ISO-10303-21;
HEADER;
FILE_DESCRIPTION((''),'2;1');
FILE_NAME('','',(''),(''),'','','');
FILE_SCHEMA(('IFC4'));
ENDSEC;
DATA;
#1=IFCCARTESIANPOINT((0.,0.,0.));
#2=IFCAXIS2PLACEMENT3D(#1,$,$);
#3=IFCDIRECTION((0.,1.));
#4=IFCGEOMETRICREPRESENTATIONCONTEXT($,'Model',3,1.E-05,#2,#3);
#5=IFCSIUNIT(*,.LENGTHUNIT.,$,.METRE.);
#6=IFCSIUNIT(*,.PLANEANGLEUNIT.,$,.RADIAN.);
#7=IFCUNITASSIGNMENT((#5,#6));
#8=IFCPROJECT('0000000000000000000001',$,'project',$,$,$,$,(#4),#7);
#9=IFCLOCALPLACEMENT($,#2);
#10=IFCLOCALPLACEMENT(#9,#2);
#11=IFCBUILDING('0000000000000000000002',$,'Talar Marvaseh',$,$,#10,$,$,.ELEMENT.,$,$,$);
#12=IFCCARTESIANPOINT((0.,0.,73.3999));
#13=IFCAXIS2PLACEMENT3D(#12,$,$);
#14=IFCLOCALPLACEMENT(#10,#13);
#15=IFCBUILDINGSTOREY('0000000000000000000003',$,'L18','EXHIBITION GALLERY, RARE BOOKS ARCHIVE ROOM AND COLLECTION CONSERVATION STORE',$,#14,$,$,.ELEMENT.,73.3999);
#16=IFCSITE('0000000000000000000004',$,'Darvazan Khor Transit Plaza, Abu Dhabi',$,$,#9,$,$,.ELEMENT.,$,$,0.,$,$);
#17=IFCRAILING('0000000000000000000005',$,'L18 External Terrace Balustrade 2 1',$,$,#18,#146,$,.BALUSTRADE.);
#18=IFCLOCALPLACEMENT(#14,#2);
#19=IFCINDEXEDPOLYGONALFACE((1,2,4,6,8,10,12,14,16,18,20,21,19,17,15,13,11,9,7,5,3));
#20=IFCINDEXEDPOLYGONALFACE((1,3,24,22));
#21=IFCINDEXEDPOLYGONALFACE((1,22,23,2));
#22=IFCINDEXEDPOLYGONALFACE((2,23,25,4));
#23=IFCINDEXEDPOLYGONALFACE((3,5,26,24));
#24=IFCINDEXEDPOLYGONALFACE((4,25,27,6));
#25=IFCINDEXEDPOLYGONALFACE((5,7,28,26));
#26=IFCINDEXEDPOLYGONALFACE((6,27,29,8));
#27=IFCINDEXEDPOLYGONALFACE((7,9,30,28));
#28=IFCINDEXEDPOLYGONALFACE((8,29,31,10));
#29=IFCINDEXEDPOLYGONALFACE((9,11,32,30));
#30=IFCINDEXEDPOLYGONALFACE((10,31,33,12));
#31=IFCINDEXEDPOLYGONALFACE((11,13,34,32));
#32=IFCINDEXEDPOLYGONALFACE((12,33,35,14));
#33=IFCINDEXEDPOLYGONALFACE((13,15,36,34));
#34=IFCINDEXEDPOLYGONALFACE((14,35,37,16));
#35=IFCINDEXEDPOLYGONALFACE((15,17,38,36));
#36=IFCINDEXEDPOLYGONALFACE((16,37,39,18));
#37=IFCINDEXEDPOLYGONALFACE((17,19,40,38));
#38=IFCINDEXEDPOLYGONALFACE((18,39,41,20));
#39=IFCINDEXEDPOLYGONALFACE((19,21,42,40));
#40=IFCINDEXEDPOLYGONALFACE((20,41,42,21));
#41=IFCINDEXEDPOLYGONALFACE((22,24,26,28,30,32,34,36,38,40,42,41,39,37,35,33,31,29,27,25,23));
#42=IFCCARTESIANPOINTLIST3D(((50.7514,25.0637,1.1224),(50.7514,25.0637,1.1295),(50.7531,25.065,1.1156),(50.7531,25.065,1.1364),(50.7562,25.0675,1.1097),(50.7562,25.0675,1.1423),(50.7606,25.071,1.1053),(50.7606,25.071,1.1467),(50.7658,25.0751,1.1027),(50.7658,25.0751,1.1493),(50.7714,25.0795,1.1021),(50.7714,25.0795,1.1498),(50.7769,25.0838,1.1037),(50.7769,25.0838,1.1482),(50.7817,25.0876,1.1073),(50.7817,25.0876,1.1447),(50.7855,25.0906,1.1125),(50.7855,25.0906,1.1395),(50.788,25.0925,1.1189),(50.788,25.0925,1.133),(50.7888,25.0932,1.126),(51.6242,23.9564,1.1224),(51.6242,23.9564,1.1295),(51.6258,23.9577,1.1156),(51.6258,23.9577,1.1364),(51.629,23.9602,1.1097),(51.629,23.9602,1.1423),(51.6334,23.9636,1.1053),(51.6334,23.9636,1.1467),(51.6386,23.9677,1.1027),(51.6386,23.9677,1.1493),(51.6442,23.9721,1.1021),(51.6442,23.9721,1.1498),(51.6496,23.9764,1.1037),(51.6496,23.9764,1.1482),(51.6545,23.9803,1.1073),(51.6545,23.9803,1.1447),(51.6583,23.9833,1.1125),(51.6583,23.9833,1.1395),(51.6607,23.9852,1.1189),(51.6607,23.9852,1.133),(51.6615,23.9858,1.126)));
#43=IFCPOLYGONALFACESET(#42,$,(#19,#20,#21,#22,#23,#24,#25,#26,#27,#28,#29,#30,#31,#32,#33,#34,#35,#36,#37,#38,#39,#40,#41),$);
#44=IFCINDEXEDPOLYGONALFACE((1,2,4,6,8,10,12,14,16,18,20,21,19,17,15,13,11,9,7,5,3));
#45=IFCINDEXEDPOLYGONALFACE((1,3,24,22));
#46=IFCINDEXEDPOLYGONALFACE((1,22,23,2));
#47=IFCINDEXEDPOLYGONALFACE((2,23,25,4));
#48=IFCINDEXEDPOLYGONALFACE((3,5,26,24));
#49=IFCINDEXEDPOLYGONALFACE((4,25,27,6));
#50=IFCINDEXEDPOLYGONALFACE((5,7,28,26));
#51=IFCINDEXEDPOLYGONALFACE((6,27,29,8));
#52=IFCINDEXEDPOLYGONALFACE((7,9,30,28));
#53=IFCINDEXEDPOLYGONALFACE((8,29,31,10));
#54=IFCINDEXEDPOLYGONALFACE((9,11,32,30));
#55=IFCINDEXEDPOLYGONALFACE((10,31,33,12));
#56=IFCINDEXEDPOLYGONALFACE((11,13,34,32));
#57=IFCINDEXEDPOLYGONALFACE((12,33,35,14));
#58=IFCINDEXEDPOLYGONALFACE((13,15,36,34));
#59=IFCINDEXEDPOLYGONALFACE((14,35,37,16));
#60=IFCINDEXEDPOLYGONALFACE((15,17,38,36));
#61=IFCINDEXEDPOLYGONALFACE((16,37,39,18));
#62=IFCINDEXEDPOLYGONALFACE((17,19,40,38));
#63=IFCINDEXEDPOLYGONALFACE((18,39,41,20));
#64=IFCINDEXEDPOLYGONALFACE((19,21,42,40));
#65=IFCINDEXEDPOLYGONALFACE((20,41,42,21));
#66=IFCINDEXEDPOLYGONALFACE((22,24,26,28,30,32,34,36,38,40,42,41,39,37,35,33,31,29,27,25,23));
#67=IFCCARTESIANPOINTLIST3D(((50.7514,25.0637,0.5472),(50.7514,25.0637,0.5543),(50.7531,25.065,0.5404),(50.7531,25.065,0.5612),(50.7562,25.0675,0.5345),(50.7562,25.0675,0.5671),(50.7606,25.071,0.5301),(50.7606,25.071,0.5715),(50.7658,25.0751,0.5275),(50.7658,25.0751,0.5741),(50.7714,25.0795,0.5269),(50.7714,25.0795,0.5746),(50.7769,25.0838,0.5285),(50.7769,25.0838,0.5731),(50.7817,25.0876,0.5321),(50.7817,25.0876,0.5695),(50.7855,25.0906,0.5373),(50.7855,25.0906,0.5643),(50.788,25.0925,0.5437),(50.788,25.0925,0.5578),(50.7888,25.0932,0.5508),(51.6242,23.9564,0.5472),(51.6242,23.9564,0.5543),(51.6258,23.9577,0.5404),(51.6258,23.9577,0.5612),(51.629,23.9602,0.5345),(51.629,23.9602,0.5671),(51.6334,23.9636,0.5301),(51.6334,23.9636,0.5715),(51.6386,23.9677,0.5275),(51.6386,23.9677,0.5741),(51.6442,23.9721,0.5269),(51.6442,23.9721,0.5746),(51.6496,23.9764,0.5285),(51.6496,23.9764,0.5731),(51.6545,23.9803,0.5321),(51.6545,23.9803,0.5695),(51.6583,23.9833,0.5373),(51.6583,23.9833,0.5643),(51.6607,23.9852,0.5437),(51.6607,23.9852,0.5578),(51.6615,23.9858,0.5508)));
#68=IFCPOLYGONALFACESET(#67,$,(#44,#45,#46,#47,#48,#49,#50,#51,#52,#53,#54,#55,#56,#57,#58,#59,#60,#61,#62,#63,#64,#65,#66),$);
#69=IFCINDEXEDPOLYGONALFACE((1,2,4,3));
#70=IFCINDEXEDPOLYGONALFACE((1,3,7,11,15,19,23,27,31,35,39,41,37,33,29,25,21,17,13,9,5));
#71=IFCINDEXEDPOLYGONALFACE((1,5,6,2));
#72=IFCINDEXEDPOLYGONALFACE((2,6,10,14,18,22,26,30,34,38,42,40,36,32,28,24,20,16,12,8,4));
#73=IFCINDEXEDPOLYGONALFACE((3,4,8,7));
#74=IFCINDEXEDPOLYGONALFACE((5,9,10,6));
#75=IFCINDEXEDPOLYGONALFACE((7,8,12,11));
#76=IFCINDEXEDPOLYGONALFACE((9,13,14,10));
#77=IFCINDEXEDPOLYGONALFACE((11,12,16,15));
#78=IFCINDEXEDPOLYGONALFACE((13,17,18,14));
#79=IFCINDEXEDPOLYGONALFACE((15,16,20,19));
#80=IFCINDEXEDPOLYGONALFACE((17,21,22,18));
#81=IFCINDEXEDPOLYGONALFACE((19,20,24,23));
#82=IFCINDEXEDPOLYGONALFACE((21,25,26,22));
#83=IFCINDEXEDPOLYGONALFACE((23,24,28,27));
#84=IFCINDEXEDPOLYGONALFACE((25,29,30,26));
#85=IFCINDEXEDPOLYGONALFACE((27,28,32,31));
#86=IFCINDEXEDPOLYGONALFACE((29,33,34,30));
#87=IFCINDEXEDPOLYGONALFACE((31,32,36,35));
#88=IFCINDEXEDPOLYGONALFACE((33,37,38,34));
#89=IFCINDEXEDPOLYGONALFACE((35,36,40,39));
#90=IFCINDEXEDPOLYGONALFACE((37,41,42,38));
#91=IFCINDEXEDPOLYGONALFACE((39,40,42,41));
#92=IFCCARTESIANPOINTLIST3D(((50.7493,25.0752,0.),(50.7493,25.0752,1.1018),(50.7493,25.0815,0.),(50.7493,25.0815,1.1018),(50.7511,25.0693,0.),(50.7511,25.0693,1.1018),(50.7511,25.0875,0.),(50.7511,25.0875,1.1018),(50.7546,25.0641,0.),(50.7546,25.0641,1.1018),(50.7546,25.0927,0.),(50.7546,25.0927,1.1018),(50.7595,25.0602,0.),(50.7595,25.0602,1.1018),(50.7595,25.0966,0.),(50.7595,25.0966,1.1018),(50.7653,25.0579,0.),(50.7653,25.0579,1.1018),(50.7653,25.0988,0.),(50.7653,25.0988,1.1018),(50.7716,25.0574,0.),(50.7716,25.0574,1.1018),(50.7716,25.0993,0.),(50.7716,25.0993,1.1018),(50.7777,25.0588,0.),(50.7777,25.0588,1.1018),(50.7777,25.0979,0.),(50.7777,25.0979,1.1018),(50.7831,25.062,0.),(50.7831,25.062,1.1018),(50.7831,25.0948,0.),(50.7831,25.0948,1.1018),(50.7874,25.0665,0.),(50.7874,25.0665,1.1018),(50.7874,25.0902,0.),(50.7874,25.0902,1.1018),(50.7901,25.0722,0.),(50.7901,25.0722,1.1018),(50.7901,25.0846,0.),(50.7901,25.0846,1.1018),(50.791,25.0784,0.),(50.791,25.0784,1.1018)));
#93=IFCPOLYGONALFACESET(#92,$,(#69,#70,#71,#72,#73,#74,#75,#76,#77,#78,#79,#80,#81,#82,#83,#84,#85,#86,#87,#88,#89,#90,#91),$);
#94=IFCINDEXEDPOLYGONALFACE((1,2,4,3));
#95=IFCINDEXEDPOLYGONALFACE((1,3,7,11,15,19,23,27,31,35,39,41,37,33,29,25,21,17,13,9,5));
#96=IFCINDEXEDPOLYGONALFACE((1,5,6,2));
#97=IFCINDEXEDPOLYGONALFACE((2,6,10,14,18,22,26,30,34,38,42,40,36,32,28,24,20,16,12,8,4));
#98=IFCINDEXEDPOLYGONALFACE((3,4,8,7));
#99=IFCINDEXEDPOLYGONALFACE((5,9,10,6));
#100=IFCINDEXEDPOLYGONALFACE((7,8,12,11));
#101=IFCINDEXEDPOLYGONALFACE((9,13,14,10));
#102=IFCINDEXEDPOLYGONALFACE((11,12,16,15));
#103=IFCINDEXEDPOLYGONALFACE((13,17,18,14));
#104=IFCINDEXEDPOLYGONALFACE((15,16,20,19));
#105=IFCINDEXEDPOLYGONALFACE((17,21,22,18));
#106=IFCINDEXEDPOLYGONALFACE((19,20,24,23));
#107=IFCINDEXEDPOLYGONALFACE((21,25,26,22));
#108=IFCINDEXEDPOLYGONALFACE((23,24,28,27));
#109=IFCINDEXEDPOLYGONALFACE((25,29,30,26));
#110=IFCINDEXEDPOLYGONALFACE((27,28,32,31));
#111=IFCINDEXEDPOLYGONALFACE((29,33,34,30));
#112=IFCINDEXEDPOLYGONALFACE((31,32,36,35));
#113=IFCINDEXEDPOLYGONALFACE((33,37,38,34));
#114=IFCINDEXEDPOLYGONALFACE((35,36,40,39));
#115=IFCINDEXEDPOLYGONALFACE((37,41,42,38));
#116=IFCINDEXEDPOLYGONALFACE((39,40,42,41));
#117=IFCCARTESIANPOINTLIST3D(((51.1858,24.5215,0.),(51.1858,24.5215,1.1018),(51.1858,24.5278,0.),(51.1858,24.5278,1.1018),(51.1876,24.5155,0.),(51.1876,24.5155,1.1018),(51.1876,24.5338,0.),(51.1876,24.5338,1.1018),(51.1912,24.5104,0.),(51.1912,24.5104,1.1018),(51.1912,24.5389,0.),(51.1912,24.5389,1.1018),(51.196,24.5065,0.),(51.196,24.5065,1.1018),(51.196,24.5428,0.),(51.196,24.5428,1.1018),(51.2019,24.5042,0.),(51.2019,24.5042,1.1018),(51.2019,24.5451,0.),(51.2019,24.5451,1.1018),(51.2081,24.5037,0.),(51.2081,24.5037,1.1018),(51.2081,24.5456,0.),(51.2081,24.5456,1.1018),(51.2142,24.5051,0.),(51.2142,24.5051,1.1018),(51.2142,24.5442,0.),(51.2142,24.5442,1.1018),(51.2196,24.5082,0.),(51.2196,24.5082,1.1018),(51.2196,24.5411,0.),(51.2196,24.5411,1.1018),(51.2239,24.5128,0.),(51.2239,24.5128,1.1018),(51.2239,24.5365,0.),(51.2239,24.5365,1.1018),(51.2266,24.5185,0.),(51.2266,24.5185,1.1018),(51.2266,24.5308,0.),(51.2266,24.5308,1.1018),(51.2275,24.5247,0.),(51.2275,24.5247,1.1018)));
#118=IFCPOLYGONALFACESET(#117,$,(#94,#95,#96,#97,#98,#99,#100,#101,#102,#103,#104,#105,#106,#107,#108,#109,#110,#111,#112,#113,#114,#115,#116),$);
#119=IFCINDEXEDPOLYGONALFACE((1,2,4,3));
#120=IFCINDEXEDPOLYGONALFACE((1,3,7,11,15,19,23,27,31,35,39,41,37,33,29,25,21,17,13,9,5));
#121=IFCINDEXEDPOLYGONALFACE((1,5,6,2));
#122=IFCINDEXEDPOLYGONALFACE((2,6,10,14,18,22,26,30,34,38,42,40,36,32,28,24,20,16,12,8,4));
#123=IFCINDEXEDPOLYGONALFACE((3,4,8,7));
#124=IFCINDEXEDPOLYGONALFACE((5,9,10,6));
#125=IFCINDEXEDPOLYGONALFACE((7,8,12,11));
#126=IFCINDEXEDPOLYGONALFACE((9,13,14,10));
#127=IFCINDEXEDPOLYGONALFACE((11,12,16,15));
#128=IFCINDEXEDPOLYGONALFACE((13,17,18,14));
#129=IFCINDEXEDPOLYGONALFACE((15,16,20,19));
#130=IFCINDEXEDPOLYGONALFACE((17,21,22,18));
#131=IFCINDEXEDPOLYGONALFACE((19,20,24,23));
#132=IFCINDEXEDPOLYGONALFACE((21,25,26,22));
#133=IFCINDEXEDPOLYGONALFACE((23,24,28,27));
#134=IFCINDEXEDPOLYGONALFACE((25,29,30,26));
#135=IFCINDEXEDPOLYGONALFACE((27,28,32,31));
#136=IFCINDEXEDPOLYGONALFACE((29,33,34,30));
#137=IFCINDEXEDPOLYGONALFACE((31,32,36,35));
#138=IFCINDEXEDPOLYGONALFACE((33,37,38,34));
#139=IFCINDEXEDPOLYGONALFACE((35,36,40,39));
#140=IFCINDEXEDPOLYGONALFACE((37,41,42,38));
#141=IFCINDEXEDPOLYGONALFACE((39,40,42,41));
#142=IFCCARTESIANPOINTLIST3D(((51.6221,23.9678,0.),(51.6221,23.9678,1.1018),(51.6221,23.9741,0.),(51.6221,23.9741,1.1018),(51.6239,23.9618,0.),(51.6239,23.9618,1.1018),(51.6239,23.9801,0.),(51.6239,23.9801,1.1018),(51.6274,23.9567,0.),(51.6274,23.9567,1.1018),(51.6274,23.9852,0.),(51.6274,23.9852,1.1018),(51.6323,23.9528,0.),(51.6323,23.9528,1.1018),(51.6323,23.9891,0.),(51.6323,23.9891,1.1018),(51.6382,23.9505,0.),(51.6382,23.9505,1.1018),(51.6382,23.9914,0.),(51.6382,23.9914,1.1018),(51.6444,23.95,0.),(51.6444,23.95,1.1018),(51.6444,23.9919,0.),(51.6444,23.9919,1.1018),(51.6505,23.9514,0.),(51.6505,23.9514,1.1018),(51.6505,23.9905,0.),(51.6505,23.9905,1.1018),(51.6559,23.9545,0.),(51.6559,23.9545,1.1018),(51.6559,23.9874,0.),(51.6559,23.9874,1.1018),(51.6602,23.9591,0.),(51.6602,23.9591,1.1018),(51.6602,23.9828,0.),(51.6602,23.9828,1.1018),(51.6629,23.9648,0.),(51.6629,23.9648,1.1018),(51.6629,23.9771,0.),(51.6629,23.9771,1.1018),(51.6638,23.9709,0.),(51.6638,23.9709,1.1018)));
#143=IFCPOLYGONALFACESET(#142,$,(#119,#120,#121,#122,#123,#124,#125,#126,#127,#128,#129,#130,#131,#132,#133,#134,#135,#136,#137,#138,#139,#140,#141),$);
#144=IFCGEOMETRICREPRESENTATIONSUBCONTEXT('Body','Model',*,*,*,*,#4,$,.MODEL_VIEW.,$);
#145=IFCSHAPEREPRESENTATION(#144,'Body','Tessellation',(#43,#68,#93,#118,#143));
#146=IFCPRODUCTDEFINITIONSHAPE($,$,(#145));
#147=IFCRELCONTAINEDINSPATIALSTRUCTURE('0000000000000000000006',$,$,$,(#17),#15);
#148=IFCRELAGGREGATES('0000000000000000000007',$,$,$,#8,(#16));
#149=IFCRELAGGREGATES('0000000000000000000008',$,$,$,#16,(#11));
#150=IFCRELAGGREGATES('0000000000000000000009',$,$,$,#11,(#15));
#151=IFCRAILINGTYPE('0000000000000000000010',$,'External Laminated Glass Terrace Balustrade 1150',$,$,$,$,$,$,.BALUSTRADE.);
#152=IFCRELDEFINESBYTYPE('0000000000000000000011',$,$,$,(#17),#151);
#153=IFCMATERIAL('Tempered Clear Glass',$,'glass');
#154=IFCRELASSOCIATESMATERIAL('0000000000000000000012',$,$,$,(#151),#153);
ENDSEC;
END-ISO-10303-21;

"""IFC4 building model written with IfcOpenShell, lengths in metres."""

from ifc_helpers import new_model, si_unit, direction, frame, origin, origin_2d, place, context, subcontext, project, spatial, circle, extrude, material, type_object, element, save


model = new_model("IFC4")

# Units and contexts
model_context = context("Model", 3, precision=1e-05, world=origin(), true_north=direction((0.0, 1.0)))
body_context = subcontext(model_context, "Body", "Model", "MODEL_VIEW")
ifc_project = project(units=[si_unit("LENGTHUNIT", "METRE"), si_unit("PLANEANGLEUNIT", "RADIAN")], contexts=[model_context])

# Site, building, storey
site_placement = place(None, origin())
site = spatial("IfcSite", under=ifc_project, at=site_placement, Name="Darvazan Khor Transit Plaza, Abu Dhabi", CompositionType="ELEMENT", RefElevation=0.0)
building_placement = place(site_placement, origin())
building = spatial("IfcBuilding", under=site, at=building_placement, Name="Talar Marvaseh", CompositionType="ELEMENT")
storey_placement = place(building_placement, frame((0.0, 0.0, 73.3999)))
storey = spatial("IfcBuildingStorey", under=building, at=storey_placement, Name="L18", Description="EXHIBITION GALLERY, RARE BOOKS ARCHIVE ROOM AND COLLECTION CONSERVATION STORE", CompositionType="ELEMENT", Elevation=73.3999)

# Railing
ifc_material_1 = material(Name="Tempered Clear Glass", Category="glass")
railing_type = type_object("IfcRailingType", Name="External Laminated Glass Terrace Balustrade 1150", PredefinedType="BALUSTRADE", material=ifc_material_1)
railing_1_placement = place(storey_placement, frame((50.77, 25.0784, 0.0)))
element("IfcRailing", 1, at=railing_1_placement, inside=storey, type_object=railing_type, Name="L18 External Terrace Balustrade 2 1", PredefinedType="BALUSTRADE", context=body_context, shape_type="SweptSolid", body=[
    extrude(circle(Radius=0.0239, at=origin_2d()), frame((0.0, 0.0, 1.126), z_axis=(0.618998, -0.785392, 0.0), x_axis=(0.785392, 0.618998, 0.0)), (0.0, 0.0, 1.0), 1.4099),
    extrude(circle(Radius=0.0239, at=origin_2d()), frame((0.0, 0.0, 0.5508), z_axis=(0.618998, -0.785392, 0.0), x_axis=(0.785392, 0.618998, 0.0)), (0.0, 0.0, 1.0), 1.4099),
    extrude(circle(Radius=0.021, at=origin_2d()), origin(), (0.0, 0.0, 1.0), 1.1018),
    extrude(circle(Radius=0.021, at=origin_2d()), frame((0.4365, -0.5537, 0.0)), (0.0, 0.0, 1.0), 1.1018),
    extrude(circle(Radius=0.021, at=origin_2d()), frame((0.8728, -1.1074, 0.0)), (0.0, 0.0, 1.0), 1.1018),
])

save(model, "model.ifc")
